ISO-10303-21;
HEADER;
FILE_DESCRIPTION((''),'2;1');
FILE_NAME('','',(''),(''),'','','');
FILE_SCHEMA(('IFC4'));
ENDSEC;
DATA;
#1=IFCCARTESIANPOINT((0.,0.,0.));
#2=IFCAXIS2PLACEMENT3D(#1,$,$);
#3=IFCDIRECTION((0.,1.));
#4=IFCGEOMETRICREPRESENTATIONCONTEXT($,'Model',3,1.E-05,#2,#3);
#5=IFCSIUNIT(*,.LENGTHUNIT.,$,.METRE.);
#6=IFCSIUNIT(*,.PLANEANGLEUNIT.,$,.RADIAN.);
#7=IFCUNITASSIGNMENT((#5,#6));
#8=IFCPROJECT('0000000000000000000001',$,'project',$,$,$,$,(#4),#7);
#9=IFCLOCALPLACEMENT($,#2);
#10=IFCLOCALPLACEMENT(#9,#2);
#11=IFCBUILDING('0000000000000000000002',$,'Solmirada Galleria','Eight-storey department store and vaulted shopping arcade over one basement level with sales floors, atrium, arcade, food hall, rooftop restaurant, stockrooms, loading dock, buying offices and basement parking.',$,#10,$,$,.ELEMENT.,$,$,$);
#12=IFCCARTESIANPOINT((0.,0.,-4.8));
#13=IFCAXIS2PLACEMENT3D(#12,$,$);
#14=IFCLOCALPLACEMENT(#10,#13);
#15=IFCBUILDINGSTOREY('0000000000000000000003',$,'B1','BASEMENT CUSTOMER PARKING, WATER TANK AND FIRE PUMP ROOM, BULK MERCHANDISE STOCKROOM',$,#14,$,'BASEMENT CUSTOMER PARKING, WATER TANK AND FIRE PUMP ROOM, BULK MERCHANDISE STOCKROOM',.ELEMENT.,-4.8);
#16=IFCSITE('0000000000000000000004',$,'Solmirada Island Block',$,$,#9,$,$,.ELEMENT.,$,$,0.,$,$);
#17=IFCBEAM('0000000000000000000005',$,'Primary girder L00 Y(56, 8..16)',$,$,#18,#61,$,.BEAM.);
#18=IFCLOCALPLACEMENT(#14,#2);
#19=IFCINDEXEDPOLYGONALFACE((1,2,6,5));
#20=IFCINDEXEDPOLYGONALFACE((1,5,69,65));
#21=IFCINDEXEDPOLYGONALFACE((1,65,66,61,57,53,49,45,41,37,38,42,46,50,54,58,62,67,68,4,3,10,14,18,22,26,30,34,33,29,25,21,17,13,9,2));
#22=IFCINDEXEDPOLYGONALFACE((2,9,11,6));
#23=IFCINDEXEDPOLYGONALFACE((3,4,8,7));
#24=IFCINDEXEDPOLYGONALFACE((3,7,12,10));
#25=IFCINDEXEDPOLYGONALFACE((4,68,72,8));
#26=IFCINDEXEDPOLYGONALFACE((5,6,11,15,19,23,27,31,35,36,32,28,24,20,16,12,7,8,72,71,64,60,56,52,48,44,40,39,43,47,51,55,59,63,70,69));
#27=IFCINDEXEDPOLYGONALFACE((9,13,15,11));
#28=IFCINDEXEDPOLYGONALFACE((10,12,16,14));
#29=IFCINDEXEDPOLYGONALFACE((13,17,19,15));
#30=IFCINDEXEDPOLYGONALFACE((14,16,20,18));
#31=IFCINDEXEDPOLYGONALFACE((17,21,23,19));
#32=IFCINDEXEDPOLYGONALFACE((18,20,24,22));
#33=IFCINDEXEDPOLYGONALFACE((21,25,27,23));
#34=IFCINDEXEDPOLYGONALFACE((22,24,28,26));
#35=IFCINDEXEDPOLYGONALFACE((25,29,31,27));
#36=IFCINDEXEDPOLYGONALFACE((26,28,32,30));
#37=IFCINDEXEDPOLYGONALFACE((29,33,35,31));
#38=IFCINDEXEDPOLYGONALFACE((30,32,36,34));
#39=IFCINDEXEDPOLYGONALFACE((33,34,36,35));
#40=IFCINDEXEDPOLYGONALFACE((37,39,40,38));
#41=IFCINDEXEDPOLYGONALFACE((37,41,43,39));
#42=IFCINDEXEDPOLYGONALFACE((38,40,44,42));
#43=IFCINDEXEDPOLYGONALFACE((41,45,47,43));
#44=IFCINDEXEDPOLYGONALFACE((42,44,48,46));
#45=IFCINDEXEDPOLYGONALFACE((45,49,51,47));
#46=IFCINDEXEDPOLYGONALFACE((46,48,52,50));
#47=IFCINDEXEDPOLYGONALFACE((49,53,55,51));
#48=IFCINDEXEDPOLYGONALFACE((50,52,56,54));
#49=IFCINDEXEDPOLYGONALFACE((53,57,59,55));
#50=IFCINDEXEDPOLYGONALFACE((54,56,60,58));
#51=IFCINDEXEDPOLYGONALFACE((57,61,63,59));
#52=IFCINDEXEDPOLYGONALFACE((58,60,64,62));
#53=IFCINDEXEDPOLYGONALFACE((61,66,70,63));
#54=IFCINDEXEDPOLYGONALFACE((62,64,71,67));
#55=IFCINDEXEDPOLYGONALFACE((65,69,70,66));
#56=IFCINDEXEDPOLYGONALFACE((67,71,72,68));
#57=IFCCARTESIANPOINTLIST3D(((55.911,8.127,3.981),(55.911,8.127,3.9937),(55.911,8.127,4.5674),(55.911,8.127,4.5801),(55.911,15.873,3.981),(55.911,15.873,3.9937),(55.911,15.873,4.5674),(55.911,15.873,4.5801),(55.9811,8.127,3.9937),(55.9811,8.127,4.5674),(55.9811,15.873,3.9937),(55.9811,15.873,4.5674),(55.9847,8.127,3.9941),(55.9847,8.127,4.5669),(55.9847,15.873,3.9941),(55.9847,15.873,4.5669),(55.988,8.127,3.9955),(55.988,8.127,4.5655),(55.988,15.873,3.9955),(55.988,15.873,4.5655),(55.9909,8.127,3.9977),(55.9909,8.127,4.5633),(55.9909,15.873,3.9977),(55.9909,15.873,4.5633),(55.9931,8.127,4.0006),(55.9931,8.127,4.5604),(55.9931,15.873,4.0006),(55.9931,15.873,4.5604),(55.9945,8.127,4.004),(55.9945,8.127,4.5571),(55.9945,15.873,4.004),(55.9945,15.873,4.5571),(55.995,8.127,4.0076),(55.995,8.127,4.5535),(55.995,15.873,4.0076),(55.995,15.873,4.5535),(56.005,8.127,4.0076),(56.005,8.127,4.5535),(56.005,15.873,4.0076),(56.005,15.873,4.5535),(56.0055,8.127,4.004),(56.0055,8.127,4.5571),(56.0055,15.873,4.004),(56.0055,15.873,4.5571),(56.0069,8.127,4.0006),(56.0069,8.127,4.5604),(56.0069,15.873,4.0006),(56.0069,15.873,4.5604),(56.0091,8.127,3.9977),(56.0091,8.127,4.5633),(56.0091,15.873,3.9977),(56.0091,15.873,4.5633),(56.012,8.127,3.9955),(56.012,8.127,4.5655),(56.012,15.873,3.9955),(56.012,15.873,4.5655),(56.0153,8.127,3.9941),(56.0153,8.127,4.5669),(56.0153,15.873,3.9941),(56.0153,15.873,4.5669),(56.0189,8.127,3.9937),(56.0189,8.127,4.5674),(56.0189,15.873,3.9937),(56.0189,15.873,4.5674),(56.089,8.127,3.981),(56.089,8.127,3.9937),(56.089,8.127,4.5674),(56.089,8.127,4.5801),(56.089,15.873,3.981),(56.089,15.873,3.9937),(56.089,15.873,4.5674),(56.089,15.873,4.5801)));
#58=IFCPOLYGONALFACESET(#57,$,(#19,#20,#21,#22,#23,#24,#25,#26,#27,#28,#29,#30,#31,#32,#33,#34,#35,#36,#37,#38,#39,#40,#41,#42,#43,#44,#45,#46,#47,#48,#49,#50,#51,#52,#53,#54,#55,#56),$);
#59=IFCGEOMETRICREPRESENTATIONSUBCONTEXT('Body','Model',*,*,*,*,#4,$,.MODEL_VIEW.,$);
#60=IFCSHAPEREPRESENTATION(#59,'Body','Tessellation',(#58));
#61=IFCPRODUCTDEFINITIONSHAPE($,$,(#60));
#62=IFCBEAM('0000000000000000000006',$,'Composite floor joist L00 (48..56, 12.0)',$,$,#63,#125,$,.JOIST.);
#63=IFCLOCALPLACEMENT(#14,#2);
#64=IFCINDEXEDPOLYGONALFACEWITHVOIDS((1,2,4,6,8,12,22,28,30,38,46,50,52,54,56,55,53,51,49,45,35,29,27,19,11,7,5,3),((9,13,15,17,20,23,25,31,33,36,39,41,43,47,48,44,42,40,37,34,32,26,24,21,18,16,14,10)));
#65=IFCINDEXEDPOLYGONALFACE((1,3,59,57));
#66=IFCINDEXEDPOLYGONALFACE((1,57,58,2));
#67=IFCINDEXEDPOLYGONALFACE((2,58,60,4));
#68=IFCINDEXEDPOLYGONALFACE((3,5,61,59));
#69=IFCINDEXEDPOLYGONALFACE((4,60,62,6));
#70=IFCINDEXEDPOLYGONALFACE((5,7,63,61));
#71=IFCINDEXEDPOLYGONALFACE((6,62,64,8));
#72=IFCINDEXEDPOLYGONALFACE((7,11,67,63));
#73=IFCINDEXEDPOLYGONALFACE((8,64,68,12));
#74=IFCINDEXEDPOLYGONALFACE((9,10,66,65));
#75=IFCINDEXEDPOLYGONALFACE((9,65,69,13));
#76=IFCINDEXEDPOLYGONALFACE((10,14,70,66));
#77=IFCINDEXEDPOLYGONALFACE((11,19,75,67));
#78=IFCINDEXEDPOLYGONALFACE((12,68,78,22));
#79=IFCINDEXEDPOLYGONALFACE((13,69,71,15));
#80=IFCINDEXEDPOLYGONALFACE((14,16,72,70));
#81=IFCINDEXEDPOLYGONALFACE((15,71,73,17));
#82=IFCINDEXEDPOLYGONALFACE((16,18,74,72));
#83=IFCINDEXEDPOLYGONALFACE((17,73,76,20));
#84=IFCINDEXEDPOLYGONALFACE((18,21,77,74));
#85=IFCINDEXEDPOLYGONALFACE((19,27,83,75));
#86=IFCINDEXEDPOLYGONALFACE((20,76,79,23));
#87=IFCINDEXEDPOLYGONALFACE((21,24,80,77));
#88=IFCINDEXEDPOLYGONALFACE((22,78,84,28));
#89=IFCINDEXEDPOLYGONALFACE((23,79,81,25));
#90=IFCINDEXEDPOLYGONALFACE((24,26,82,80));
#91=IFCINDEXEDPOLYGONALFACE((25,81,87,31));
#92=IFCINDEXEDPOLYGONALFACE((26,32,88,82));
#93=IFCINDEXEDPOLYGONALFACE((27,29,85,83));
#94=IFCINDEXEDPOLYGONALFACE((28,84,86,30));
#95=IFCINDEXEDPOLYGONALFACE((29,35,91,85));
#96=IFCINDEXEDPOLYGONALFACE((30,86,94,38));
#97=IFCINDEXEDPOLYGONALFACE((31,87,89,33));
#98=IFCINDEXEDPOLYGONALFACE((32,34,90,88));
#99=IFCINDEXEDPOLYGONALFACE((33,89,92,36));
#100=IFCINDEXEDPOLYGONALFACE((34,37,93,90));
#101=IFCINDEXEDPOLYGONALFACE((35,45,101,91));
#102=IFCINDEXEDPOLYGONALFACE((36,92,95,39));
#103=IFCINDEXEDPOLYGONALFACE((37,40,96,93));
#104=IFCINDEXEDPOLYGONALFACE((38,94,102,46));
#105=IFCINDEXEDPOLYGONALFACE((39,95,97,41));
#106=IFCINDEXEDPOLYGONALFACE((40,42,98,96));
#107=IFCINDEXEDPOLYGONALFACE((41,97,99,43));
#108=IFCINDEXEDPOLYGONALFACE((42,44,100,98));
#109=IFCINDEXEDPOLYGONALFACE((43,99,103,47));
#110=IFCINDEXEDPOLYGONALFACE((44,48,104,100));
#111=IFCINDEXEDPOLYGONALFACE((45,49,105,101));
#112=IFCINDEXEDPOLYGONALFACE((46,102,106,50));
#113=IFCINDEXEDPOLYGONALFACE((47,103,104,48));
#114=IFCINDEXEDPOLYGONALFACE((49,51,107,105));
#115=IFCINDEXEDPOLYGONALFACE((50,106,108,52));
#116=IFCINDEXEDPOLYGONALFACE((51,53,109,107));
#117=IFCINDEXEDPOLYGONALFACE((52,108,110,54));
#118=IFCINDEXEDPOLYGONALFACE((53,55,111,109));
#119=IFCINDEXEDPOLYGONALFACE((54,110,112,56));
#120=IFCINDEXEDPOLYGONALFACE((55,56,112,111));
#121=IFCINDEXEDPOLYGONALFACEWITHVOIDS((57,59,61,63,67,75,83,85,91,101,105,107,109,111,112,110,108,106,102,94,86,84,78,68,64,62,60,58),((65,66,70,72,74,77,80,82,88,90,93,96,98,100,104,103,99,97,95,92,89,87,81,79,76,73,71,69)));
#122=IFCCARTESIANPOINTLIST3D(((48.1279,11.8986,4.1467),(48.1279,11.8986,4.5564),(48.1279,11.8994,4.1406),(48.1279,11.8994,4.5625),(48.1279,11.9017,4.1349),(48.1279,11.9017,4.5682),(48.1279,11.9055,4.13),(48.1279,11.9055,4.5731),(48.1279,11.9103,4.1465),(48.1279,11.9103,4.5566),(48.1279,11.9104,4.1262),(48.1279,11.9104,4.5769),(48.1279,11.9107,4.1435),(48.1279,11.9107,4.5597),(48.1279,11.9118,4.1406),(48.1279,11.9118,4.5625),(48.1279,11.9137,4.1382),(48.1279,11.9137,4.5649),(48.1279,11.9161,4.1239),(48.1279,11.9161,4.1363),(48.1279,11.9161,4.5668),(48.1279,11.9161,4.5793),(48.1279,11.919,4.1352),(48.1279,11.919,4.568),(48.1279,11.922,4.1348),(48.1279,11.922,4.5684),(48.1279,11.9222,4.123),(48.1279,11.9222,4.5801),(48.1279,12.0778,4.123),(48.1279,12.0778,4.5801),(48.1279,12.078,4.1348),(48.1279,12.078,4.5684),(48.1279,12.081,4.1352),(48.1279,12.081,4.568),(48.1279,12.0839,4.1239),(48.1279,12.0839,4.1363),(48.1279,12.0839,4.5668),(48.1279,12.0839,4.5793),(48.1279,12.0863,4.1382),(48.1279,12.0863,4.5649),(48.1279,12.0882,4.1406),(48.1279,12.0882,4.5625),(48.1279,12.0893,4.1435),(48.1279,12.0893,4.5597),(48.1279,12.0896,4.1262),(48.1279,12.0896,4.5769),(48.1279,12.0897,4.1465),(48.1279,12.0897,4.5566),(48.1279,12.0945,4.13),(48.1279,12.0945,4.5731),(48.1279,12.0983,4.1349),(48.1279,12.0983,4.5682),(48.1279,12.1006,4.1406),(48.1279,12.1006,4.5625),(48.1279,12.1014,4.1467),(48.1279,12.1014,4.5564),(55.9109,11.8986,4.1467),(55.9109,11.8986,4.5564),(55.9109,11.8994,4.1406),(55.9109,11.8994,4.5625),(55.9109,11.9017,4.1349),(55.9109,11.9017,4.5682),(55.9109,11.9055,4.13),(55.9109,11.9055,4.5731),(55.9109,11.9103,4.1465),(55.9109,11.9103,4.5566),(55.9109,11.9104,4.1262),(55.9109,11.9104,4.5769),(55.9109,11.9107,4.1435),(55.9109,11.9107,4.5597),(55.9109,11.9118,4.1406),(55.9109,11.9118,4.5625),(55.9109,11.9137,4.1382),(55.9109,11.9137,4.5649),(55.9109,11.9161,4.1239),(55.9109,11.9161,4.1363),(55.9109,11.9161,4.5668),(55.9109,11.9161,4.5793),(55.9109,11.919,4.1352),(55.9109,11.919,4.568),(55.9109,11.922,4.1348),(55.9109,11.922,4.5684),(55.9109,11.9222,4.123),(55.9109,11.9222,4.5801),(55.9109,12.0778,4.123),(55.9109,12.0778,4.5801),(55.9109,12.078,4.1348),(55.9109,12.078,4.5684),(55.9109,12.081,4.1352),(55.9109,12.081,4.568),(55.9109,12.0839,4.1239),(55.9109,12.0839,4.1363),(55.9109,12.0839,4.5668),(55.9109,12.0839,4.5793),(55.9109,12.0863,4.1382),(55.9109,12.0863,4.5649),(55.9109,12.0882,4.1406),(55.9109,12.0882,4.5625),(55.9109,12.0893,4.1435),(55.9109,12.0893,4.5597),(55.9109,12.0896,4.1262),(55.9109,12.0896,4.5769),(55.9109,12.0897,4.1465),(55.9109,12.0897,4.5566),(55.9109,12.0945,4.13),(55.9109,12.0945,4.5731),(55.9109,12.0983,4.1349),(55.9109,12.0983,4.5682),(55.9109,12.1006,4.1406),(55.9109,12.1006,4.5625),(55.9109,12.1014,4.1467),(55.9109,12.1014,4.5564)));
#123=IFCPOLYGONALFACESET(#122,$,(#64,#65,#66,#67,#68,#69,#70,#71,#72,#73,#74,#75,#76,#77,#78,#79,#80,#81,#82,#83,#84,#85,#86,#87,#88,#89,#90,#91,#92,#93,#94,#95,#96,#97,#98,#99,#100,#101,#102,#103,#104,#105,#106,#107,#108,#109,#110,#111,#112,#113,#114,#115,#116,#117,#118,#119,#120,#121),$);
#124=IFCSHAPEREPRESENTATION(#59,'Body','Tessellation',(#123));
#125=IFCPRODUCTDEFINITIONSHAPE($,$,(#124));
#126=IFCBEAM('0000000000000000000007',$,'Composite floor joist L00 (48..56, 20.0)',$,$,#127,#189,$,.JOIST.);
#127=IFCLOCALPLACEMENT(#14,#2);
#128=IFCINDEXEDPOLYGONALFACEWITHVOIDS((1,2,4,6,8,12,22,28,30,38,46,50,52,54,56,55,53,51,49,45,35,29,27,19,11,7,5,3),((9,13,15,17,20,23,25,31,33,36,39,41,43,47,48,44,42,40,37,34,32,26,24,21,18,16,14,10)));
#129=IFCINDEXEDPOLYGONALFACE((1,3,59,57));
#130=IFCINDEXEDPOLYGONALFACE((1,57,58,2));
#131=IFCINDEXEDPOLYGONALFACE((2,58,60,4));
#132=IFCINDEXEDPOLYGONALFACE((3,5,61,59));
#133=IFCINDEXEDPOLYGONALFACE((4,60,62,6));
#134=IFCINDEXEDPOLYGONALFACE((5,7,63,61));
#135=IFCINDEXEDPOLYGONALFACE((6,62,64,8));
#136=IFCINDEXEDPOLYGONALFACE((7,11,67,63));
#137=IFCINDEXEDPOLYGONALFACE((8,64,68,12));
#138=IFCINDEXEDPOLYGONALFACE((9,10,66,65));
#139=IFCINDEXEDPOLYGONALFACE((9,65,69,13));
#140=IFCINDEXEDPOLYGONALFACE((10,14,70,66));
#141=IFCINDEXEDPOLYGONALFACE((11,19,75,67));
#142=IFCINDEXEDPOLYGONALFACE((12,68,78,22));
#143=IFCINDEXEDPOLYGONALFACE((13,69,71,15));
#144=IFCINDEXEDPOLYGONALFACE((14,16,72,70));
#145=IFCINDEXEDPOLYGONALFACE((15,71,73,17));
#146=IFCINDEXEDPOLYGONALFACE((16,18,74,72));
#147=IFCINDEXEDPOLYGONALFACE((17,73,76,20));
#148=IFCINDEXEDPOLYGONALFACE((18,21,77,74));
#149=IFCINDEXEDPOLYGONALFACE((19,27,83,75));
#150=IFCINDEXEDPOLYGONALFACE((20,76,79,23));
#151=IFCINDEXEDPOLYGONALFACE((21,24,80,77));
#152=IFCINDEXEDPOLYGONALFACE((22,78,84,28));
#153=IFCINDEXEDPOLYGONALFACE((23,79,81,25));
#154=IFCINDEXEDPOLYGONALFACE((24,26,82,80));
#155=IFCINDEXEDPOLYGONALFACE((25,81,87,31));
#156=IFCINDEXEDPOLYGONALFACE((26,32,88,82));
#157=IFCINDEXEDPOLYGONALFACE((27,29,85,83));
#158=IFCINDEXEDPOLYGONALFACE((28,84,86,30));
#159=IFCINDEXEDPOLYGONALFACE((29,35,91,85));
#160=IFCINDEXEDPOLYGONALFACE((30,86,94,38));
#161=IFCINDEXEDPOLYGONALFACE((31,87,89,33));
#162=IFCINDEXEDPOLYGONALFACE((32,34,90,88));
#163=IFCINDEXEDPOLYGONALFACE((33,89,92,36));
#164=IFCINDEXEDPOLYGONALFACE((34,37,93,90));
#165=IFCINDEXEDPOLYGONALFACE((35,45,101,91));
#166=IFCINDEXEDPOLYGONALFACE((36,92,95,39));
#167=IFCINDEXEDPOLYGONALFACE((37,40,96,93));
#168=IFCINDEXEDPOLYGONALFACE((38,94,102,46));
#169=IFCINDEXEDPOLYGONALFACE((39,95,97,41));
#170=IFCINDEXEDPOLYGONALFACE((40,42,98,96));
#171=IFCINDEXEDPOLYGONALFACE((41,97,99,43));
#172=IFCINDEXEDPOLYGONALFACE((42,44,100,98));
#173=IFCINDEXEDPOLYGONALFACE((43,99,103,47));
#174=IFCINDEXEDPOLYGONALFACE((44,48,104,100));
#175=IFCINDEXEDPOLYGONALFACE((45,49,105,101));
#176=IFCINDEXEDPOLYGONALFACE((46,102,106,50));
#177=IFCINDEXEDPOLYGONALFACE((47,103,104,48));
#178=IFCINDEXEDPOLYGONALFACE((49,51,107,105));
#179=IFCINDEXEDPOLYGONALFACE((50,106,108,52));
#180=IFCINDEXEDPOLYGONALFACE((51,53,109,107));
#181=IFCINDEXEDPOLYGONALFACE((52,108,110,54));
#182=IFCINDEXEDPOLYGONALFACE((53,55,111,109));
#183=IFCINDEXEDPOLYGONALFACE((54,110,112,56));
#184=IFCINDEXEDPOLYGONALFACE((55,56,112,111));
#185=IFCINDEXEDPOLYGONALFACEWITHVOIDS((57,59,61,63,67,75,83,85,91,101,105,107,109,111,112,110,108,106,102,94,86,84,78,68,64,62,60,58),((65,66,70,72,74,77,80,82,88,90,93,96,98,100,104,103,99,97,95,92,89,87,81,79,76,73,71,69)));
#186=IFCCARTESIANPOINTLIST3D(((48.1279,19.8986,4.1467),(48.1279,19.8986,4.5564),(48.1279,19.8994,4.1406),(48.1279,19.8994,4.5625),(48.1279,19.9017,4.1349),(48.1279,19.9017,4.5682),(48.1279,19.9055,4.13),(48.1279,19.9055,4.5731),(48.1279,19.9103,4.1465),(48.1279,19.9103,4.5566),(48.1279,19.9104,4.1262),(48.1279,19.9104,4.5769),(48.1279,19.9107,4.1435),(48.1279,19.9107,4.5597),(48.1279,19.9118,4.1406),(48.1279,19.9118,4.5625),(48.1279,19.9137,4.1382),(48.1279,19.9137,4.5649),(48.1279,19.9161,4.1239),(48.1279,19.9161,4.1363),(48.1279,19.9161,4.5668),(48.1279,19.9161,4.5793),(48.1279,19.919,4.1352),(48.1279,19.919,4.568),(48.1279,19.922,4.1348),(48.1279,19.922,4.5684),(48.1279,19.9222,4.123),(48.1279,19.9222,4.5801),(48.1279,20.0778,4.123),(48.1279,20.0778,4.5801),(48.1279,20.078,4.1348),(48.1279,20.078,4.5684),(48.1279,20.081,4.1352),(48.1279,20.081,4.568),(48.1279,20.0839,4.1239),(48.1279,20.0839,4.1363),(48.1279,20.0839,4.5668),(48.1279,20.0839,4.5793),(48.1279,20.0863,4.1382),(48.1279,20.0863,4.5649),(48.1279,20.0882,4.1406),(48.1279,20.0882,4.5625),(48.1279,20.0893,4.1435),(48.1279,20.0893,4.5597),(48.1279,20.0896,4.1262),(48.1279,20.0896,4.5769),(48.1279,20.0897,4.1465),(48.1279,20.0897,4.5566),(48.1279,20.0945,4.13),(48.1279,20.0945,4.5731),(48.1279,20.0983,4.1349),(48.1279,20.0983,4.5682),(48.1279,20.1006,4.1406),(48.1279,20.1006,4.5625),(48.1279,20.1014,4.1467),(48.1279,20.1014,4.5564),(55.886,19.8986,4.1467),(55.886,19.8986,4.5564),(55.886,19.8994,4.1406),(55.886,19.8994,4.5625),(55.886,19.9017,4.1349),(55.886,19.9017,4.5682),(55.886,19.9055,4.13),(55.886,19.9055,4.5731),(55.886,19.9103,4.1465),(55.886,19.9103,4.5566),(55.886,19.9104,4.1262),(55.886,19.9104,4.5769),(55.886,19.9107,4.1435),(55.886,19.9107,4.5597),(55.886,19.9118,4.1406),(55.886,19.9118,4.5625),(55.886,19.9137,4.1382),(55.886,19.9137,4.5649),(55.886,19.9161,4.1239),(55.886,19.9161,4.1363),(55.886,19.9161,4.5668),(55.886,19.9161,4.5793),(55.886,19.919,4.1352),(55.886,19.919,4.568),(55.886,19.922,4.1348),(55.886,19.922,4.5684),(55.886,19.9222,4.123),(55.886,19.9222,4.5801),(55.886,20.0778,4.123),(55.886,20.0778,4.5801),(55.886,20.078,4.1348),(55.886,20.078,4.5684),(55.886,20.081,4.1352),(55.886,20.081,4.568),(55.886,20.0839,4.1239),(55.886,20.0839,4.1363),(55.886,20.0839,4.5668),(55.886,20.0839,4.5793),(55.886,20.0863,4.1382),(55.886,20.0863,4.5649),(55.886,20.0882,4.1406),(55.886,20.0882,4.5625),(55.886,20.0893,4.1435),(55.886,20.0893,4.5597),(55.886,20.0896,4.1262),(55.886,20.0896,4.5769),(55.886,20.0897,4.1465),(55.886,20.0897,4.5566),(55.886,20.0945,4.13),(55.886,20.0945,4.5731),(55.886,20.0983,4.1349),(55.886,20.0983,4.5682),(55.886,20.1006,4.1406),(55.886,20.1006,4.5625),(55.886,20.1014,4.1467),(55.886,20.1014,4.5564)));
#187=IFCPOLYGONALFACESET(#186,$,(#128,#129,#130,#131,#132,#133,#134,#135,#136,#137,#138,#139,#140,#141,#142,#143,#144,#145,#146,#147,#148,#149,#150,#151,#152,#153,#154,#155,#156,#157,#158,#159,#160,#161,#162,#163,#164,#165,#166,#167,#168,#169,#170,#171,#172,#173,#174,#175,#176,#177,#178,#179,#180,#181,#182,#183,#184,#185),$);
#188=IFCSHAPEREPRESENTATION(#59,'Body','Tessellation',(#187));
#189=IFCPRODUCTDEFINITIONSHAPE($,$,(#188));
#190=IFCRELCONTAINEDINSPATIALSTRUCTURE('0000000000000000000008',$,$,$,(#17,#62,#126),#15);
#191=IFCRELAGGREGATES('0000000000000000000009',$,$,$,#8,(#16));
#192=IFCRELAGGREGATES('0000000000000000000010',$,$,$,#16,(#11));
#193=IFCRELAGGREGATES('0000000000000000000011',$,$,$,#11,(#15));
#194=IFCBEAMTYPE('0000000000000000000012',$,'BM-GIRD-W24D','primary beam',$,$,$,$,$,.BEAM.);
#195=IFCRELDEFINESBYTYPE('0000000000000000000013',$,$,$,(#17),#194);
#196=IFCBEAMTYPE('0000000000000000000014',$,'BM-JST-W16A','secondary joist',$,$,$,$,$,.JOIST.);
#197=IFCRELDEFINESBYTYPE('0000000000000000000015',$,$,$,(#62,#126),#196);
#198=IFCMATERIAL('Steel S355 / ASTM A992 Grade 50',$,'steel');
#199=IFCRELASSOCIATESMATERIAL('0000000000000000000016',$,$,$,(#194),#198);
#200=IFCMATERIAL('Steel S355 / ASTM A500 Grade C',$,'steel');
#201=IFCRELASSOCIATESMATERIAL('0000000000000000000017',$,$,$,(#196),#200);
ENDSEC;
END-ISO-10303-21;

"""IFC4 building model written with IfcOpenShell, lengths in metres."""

from ifc_helpers import new_model, si_unit, direction, frame, origin, origin_2d, place, context, subcontext, project, spatial, hollow_rectangle, i_section, extrude, material, material_profile, profile_set, type_object, element, save


model = new_model("IFC4")

# Units and contexts
model_context = context("Model", 3, precision=1e-05, world=origin(), true_north=direction((0.0, 1.0)))
body_context = subcontext(model_context, "Body", "Model", "MODEL_VIEW")
ifc_project = project(units=[si_unit("LENGTHUNIT", "METRE"), si_unit("PLANEANGLEUNIT", "RADIAN")], contexts=[model_context])

# Site, building, storey
site_placement = place(None, origin())
site = spatial("IfcSite", under=ifc_project, at=site_placement, Name="Solmirada Island Block", CompositionType="ELEMENT", RefElevation=0.0)
building_placement = place(site_placement, origin())
building = spatial("IfcBuilding", under=site, at=building_placement, Name="Solmirada Galleria", Description="Eight-storey department store and vaulted shopping arcade over one basement level with sales floors, atrium, arcade, food hall, rooftop restaurant, stockrooms, loading dock, buying offices and basement parking.", CompositionType="ELEMENT")
storey_placement = place(building_placement, frame((0.0, 0.0, -4.8)))
storey = spatial("IfcBuildingStorey", under=building, at=storey_placement, Name="B1", Description="BASEMENT CUSTOMER PARKING, WATER TANK AND FIRE PUMP ROOM, BULK MERCHANDISE STOCKROOM", LongName="BASEMENT CUSTOMER PARKING, WATER TANK AND FIRE PUMP ROOM, BULK MERCHANDISE STOCKROOM", CompositionType="ELEMENT", Elevation=-4.8)

# Shared definitions
ifc_material_1 = material(Name="Steel S355 / ASTM A500 Grade C", Category="steel")

# Beams
ifc_material_2 = material(Name="Steel S355 / ASTM A992 Grade 50", Category="steel")
ifc_material_profile_1 = material_profile(ifc_material_2, i_section(OverallWidth=0.178, OverallDepth=0.5991, WebThickness=0.01, FlangeThickness=0.0127, FilletRadius=0.0139, at=origin_2d()), Name="W24X55")
ifc_profile_set_1 = profile_set([ifc_material_profile_1], Name="Steel S355 / ASTM A992 Grade 50")
beam_type_1 = type_object("IfcBeamType", Name="BM-GIRD-W24D", Description="primary beam", PredefinedType="BEAM", material=ifc_profile_set_1)
beam_1_placement = place(storey_placement, frame((56.0, 8.127, 4.2805), z_axis=(0.0, 1.0, 0.0), x_axis=(-1.0, 0.0, 0.0)))
element("IfcBeam", 1, at=beam_1_placement, inside=storey, type_object=beam_type_1, Name="Primary girder L00 Y(56, 8..16)", PredefinedType="BEAM", context=body_context, shape_type="SweptSolid", body=[
    extrude(i_section(OverallWidth=0.178, OverallDepth=0.5991, WebThickness=0.01, FlangeThickness=0.0127, FilletRadius=0.0139, at=origin_2d()), origin(), (0.0, 0.0, 1.0), 7.7461),
])
ifc_material_profile_2 = material_profile(ifc_material_1, hollow_rectangle(XDim=0.2029, YDim=0.457, WallThickness=0.0117, InnerFilletRadius=0.0117, OuterFilletRadius=0.0237, at=origin_2d()), Name="HSS18X8X1/2")
ifc_profile_set_2 = profile_set([ifc_material_profile_2], Name="Steel S355 / ASTM A500 Grade C")
beam_type_2 = type_object("IfcBeamType", Name="BM-JST-W16A", Description="secondary joist", PredefinedType="JOIST", material=ifc_profile_set_2)
beam_2_placement = place(storey_placement, frame((48.1279, 12.0, 4.3516), z_axis=(1.0, 0.0, 0.0), x_axis=(0.0, 1.0, 0.0)))
element("IfcBeam", 2, at=beam_2_placement, inside=storey, type_object=beam_type_2, Name="Composite floor joist L00 (48..56, 12.0)", PredefinedType="JOIST", context=body_context, shape_type="SweptSolid", body=[
    extrude(hollow_rectangle(XDim=0.2029, YDim=0.457, WallThickness=0.0117, InnerFilletRadius=0.0117, OuterFilletRadius=0.0237, at=origin_2d()), origin(), (0.0, 0.0, 1.0), 7.783),
])
beam_3_placement = place(storey_placement, frame((48.1279, 20.0, 4.3516), z_axis=(1.0, 0.0, 0.0), x_axis=(0.0, 1.0, 0.0)))
element("IfcBeam", 3, at=beam_3_placement, inside=storey, type_object=beam_type_2, Name="Composite floor joist L00 (48..56, 20.0)", PredefinedType="JOIST", context=body_context, shape_type="SweptSolid", body=[
    extrude(hollow_rectangle(XDim=0.2029, YDim=0.457, WallThickness=0.0117, InnerFilletRadius=0.0117, OuterFilletRadius=0.0237, at=origin_2d()), origin(), (0.0, 0.0, 1.0), 7.7581),
])

save(model, "model.ifc")
